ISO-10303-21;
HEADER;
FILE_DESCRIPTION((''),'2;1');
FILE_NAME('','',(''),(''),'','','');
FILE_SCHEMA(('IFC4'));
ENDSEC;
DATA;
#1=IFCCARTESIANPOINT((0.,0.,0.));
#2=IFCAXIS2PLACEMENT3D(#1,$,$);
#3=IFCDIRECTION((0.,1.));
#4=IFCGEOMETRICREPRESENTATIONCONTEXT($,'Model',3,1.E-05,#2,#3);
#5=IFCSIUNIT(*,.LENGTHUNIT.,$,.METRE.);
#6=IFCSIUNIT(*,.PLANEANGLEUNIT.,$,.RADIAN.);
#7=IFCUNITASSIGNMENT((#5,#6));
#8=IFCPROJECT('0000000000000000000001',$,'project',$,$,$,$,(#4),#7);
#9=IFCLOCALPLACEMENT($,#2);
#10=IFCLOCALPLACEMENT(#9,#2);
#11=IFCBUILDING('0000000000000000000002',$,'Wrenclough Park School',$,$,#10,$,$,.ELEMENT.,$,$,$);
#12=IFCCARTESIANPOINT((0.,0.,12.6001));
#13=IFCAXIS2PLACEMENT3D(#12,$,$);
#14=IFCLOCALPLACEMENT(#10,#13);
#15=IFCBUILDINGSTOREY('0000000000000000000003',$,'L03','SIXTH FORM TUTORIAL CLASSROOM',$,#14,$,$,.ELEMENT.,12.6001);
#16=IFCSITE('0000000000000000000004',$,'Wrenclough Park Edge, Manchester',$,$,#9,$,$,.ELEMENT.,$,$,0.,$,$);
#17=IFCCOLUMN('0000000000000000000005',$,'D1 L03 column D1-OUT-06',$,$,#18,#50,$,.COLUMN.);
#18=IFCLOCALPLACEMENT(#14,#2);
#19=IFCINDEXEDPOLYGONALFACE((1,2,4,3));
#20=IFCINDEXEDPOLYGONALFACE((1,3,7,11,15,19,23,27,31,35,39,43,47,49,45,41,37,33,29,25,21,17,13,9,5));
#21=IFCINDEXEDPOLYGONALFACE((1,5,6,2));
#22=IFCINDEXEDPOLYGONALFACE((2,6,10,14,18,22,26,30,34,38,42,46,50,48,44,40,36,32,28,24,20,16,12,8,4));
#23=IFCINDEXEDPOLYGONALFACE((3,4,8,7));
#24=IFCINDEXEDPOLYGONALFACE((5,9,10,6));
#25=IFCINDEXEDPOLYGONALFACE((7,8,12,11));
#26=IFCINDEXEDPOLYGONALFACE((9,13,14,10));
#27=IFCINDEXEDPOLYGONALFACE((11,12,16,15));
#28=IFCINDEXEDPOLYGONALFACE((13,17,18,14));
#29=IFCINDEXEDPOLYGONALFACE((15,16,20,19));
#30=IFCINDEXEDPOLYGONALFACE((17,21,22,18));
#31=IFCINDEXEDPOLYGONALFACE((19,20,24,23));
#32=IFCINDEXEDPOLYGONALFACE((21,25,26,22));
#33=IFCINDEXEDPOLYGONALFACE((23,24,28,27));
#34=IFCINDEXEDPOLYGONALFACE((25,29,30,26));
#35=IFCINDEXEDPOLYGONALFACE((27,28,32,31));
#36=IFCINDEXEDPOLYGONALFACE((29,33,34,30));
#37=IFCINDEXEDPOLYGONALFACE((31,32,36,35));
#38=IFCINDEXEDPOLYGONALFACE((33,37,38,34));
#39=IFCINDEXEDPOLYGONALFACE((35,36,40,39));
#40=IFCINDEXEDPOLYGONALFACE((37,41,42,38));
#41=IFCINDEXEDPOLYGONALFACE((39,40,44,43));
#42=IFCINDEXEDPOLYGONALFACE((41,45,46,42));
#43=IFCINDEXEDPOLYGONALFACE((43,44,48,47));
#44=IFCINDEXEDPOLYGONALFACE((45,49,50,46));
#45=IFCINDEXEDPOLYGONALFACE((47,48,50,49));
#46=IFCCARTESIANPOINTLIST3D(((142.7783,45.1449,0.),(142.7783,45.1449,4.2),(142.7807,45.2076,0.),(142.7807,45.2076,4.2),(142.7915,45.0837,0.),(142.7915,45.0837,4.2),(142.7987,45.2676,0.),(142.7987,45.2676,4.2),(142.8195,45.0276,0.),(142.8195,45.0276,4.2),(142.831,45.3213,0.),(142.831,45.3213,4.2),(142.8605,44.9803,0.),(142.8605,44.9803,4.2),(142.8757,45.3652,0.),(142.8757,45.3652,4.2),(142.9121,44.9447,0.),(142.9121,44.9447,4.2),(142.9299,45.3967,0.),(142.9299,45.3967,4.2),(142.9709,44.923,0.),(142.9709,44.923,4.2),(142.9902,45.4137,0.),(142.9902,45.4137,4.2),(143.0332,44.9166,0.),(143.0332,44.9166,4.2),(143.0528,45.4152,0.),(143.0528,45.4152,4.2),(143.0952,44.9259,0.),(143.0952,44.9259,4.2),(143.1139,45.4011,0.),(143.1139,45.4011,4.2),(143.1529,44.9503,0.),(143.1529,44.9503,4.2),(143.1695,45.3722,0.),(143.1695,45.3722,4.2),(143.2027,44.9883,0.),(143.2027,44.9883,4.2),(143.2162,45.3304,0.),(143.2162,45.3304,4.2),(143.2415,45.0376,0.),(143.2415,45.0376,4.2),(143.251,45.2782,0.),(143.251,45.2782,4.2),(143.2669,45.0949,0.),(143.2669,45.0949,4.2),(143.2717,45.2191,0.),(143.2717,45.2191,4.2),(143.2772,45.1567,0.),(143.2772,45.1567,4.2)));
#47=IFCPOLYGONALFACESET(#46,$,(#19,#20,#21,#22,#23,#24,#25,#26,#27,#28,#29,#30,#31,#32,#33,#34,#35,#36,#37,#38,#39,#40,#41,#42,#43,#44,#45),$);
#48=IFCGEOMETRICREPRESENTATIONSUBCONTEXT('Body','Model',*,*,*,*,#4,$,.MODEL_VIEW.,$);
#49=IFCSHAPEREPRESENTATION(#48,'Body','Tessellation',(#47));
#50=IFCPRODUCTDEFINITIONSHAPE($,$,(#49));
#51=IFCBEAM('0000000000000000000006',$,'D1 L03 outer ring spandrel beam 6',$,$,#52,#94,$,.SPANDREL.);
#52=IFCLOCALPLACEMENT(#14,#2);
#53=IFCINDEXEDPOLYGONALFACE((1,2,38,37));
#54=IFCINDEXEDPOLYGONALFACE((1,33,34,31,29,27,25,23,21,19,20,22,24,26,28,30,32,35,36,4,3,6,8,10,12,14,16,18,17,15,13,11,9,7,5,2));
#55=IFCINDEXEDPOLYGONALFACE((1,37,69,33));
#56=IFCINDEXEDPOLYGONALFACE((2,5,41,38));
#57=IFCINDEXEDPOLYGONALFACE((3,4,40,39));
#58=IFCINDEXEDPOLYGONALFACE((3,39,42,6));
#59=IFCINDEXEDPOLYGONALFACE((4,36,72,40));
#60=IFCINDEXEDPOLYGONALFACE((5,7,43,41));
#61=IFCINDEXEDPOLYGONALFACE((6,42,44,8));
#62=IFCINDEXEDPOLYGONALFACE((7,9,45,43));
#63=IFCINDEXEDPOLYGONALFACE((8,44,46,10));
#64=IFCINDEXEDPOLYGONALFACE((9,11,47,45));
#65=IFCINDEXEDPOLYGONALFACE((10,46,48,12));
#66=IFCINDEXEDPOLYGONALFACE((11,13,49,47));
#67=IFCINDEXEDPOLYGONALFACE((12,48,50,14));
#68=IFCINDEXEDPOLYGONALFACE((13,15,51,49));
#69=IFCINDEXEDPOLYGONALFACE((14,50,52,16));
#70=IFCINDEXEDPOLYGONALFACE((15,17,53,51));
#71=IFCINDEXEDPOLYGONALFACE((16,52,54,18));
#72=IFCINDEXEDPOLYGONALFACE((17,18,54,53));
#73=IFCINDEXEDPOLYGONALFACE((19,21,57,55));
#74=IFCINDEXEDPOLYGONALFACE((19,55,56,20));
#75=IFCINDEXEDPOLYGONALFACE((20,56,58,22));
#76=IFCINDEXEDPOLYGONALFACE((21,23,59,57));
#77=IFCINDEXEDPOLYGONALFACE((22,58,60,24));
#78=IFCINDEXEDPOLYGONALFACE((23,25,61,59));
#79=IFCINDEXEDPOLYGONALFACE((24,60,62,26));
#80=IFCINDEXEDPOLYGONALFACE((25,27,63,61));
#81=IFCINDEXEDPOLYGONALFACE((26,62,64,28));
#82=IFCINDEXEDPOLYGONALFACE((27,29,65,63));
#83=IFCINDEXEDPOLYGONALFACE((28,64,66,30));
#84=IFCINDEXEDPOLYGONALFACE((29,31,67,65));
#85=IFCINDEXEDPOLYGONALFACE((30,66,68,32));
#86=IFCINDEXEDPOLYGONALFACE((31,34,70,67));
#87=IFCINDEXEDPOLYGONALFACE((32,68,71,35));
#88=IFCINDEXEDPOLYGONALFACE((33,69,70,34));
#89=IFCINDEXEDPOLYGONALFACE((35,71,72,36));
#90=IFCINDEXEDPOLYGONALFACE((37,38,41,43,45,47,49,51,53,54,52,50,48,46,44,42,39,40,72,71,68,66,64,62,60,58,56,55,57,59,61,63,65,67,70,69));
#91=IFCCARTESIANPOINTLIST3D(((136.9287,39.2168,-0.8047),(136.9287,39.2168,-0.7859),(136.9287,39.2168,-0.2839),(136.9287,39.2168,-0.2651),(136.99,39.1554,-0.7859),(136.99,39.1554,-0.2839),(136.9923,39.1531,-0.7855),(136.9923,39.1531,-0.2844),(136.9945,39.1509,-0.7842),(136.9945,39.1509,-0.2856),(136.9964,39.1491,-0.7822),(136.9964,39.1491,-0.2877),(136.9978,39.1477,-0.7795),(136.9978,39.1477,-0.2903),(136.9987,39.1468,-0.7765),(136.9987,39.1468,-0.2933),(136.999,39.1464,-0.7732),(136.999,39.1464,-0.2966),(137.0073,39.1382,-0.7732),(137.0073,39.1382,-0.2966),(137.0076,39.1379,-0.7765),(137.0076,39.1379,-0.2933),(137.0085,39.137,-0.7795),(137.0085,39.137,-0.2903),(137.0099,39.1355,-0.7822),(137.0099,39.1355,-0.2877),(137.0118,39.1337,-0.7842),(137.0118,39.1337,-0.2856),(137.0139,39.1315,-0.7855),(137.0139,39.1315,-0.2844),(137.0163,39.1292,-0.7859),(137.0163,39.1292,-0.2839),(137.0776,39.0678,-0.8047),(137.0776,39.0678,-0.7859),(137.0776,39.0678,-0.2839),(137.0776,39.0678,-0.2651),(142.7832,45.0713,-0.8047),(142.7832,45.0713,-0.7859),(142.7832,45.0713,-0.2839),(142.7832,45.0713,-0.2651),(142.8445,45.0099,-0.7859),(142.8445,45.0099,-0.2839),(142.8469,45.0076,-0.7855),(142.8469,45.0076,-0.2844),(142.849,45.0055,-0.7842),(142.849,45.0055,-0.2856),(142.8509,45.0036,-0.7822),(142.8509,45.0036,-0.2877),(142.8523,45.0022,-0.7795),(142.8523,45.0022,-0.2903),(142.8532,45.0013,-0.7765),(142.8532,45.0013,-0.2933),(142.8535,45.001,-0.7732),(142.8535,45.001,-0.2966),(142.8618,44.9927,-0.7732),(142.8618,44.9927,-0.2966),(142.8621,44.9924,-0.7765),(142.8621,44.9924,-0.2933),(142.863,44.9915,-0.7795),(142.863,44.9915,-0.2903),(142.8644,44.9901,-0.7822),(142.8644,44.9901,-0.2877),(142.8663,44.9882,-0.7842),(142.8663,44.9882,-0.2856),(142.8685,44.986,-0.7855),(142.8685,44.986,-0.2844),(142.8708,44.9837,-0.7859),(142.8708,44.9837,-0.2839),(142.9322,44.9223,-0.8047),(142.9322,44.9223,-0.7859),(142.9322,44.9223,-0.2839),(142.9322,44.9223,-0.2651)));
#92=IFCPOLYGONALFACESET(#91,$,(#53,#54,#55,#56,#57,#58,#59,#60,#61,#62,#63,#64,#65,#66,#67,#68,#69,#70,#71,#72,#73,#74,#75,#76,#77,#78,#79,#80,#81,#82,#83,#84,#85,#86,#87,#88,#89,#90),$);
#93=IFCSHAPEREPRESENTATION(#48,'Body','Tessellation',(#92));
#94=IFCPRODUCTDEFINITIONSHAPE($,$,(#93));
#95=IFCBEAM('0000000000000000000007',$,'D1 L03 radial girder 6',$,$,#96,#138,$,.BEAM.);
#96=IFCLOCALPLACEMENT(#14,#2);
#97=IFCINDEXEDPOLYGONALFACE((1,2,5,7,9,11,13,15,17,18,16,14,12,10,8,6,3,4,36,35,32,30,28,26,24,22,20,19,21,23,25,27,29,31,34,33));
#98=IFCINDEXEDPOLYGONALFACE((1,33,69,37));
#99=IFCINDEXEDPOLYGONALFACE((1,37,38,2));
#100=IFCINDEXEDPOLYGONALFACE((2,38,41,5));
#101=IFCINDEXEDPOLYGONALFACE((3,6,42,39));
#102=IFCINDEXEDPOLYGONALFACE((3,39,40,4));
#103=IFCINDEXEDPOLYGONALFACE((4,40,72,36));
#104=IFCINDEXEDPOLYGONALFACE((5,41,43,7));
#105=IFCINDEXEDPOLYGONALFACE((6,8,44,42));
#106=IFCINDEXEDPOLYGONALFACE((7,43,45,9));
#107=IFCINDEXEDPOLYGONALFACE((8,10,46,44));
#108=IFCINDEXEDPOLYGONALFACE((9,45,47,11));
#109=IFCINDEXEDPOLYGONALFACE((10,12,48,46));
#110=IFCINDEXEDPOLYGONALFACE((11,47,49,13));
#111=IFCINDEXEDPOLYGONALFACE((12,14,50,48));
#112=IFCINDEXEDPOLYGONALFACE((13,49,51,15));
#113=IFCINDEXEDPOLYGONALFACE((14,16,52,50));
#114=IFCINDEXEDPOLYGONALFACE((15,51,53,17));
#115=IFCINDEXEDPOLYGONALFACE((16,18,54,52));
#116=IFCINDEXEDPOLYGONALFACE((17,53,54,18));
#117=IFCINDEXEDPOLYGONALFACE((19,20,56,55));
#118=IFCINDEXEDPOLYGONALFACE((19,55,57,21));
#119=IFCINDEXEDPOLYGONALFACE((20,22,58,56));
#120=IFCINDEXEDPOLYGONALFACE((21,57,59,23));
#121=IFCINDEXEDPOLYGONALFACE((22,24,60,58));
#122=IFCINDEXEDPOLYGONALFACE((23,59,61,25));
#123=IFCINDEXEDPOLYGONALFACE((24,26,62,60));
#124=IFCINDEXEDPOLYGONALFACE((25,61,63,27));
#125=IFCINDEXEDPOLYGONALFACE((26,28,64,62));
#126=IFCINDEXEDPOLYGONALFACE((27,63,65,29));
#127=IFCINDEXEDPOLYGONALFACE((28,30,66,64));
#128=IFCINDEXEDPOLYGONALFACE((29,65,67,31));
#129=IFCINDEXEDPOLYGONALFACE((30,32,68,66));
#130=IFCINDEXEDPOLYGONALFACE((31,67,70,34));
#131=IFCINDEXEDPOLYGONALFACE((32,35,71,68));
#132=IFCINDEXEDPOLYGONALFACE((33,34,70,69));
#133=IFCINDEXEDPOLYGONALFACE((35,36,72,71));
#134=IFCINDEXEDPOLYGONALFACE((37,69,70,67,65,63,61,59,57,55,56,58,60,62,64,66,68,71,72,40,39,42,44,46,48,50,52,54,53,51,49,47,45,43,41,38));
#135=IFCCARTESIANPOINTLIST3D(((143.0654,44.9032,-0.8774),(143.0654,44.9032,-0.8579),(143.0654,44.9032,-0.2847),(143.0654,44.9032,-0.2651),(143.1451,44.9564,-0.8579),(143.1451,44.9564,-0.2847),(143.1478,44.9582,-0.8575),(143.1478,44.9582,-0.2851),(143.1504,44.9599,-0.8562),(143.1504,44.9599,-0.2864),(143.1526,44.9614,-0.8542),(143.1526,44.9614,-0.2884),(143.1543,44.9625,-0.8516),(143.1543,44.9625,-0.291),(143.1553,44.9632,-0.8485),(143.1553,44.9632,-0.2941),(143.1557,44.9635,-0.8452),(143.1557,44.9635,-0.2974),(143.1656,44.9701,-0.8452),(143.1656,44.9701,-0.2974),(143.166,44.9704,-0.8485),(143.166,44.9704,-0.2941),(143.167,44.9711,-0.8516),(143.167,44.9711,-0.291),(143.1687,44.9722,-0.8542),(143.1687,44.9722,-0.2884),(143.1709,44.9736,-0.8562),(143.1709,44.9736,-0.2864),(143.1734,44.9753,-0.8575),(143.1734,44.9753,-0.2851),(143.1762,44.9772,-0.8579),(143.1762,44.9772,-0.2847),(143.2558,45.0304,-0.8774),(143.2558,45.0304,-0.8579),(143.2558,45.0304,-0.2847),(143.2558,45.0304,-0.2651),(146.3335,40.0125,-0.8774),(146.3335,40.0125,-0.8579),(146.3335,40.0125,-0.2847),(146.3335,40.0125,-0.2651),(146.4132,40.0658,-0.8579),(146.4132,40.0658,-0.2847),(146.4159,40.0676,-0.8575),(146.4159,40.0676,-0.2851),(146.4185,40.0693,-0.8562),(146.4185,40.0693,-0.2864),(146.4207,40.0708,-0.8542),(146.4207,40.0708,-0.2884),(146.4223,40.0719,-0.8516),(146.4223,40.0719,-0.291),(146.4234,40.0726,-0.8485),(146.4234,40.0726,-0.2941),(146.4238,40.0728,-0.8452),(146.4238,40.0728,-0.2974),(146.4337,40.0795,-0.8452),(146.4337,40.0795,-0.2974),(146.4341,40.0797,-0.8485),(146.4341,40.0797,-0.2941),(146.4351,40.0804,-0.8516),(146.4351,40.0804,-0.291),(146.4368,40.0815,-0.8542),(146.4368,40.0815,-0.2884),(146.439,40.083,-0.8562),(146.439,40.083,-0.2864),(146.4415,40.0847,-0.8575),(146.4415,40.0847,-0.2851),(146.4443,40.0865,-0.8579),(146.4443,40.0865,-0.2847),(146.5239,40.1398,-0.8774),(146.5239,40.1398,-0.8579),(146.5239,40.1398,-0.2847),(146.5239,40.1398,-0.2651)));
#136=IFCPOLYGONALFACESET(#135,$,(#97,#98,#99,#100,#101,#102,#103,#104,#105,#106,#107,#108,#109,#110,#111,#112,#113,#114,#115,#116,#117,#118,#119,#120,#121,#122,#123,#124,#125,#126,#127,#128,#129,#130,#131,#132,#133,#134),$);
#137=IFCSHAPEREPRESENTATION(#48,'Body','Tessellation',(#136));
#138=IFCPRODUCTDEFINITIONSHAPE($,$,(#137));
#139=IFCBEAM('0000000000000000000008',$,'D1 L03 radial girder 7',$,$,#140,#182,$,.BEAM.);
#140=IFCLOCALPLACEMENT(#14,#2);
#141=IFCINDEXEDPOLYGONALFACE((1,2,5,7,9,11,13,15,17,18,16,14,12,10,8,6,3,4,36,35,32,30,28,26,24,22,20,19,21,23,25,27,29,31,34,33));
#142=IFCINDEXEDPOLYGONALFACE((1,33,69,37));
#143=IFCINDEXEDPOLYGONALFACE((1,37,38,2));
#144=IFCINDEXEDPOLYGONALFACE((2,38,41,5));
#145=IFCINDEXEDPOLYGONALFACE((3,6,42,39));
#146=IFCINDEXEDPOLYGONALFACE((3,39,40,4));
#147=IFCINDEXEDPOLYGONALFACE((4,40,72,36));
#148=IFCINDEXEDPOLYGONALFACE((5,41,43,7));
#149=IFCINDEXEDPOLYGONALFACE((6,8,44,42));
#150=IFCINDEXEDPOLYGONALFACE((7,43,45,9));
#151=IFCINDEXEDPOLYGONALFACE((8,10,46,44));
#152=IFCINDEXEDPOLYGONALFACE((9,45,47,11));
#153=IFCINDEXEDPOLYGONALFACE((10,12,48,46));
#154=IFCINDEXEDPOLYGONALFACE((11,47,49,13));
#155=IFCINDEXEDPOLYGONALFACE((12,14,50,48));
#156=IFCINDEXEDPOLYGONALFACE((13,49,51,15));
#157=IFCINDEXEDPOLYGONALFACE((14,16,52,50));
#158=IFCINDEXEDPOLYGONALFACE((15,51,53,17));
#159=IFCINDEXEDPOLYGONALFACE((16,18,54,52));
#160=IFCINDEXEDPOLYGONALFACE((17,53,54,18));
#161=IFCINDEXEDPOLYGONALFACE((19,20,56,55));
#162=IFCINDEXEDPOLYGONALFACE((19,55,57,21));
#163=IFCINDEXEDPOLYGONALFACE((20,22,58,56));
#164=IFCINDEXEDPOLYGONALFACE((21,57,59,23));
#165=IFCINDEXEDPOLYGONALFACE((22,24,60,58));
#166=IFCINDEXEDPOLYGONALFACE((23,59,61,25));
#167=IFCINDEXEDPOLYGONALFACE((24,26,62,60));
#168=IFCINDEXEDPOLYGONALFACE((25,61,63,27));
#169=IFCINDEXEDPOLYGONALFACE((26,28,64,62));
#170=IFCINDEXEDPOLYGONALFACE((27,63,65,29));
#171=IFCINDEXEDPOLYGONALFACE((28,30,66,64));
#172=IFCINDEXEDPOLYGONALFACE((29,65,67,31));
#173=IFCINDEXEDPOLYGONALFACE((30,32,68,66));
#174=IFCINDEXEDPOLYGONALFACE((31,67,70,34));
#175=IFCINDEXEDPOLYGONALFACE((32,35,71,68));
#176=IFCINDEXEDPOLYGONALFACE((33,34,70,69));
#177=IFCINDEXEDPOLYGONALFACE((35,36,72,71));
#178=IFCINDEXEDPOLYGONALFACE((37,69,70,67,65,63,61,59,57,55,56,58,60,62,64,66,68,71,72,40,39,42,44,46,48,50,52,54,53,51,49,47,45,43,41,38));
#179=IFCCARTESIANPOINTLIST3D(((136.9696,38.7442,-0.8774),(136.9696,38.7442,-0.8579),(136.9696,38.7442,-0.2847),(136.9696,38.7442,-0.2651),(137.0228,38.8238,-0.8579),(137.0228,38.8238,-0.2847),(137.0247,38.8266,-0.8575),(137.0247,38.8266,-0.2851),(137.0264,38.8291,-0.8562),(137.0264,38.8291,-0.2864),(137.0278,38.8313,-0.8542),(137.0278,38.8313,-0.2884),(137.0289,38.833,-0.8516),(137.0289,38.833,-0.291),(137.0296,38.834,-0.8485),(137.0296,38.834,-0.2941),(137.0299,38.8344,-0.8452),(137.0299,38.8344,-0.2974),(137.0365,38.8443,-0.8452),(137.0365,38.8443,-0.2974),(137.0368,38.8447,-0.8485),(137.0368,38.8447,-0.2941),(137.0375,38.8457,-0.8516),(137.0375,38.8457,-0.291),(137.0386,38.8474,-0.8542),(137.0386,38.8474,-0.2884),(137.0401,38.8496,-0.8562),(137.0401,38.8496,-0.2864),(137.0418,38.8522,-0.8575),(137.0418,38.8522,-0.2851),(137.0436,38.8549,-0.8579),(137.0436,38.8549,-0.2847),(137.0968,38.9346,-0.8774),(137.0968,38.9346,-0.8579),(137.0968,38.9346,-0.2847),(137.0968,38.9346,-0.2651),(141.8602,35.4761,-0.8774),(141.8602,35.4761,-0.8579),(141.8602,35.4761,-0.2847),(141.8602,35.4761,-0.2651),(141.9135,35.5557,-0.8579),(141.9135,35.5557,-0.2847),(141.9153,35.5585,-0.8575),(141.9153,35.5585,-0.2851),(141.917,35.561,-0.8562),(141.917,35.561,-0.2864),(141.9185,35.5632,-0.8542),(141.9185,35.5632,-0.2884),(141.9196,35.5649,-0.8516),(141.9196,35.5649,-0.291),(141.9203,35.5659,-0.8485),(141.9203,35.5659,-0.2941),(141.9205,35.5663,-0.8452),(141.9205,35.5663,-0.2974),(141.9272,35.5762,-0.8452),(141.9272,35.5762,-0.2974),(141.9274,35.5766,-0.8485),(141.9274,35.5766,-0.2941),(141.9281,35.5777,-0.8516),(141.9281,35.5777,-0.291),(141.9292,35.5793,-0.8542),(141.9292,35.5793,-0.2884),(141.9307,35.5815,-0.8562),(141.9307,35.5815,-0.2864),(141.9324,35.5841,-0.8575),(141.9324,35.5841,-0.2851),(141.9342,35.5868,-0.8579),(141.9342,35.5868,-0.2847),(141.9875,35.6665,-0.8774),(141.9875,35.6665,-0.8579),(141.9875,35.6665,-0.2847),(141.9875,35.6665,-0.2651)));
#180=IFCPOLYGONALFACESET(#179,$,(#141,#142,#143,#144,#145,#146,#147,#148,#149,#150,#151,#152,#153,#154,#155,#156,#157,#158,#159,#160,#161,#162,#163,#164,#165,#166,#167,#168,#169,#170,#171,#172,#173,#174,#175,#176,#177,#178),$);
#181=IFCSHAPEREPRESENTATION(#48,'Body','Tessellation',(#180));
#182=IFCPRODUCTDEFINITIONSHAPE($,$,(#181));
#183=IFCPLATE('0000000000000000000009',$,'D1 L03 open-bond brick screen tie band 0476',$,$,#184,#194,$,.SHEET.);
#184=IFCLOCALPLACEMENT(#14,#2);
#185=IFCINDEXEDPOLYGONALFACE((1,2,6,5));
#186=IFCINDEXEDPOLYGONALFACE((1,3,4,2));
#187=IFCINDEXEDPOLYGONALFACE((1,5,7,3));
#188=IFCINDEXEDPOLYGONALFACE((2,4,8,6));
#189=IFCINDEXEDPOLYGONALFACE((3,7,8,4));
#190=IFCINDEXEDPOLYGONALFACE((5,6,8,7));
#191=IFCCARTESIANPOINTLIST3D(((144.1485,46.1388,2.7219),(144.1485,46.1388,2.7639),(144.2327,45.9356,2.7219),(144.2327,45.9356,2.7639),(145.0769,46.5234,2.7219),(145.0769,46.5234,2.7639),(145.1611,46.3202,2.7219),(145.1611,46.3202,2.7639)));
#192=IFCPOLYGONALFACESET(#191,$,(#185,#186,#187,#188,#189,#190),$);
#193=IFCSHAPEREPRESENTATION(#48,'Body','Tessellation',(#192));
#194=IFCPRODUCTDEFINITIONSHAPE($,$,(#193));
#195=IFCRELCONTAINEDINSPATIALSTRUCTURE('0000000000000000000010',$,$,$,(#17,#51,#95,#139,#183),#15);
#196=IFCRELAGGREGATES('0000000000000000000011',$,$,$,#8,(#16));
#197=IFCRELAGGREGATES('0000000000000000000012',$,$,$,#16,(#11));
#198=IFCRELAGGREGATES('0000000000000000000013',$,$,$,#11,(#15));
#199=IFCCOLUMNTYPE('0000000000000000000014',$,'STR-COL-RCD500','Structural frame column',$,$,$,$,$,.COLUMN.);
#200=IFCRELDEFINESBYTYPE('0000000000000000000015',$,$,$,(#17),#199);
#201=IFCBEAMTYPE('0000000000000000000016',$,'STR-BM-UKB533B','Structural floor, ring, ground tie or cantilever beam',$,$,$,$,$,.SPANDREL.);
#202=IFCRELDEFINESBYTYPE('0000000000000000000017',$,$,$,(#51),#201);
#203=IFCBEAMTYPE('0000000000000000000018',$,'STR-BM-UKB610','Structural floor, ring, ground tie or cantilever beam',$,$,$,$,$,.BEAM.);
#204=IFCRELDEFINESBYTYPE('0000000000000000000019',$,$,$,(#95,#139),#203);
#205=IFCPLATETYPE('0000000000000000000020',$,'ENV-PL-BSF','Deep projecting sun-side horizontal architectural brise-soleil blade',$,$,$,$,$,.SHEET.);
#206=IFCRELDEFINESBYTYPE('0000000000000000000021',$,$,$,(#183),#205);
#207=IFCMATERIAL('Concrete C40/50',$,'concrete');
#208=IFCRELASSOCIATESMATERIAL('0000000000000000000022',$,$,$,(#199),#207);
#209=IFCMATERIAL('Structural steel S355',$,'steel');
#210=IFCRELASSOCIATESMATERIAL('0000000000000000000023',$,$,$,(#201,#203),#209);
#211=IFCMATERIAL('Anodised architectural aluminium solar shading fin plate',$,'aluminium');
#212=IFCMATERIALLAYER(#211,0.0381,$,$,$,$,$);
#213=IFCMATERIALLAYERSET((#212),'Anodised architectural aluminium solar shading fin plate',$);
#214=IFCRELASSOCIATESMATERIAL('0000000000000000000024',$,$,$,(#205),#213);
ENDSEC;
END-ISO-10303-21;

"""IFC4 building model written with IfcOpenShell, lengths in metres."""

from ifc_helpers import new_model, si_unit, direction, frame, origin, origin_2d, place, context, subcontext, project, spatial, rectangle, circle, i_section, extrude, material, layer, layer_set, material_profile, profile_set, type_object, element, save


model = new_model("IFC4")

# Units and contexts
model_context = context("Model", 3, precision=1e-05, world=origin(), true_north=direction((0.0, 1.0)))
body_context = subcontext(model_context, "Body", "Model", "MODEL_VIEW")
ifc_project = project(units=[si_unit("LENGTHUNIT", "METRE"), si_unit("PLANEANGLEUNIT", "RADIAN")], contexts=[model_context])

# Site, building, storey
site_placement = place(None, origin())
site = spatial("IfcSite", under=ifc_project, at=site_placement, Name="Wrenclough Park Edge, Manchester", CompositionType="ELEMENT", RefElevation=0.0)
building_placement = place(site_placement, origin())
building = spatial("IfcBuilding", under=site, at=building_placement, Name="Wrenclough Park School", CompositionType="ELEMENT")
storey_placement = place(building_placement, frame((0.0, 0.0, 12.6001)))
storey = spatial("IfcBuildingStorey", under=building, at=storey_placement, Name="L03", Description="SIXTH FORM TUTORIAL CLASSROOM", CompositionType="ELEMENT", Elevation=12.6001)

# Column
ifc_material_1 = material(Name="Concrete C40/50", Category="concrete")
ifc_material_profile_1 = material_profile(ifc_material_1, circle(Radius=0.25, at=origin_2d()), Name="RC COL D500")
ifc_profile_set_1 = profile_set([ifc_material_profile_1], Name="Concrete C40/50")
column_type = type_object("IfcColumnType", Name="STR-COL-RCD500", Description="Structural frame column", PredefinedType="COLUMN", material=ifc_profile_set_1)
for number, where, z_axis, x_axis, name in (
    (1, (143.0273, 45.1665, 0.0), (0.0, 0.0, 1.0), (-0.83147, -0.55557, 0.0), "D1 L03 column D1-OUT-06"),
):
    element("IfcColumn", number, at=place(storey_placement, frame(where, z_axis=z_axis, x_axis=x_axis)), inside=storey, type_object=column_type, Name=name, PredefinedType="COLUMN", context=body_context, shape_type="SweptSolid", body=[
        extrude(circle(Radius=0.25, at=origin_2d()), origin(), (0.0, 0.0, 1.0), 4.2),
    ])

# Beams
ifc_material_2 = material(Name="Structural steel S355", Category="steel")
ifc_material_profile_2 = material_profile(ifc_material_2, i_section(OverallWidth=0.2107, OverallDepth=0.5396, WebThickness=0.0117, FlangeThickness=0.0188, FilletRadius=0.0127, at=origin_2d()), Name="UKB 533x210x109")
ifc_profile_set_2 = profile_set([ifc_material_profile_2], Name="Structural steel S355")
beam_type_1 = type_object("IfcBeamType", Name="STR-BM-UKB533B", Description="Structural floor, ring, ground tie or cantilever beam", PredefinedType="SPANDREL", material=ifc_profile_set_2)
beam_placement = place(storey_placement, frame((142.8577, 44.9968, -0.5349), z_axis=(-0.707107, -0.707107, 0.0), x_axis=(0.707107, -0.707107, 0.0)))
element("IfcBeam", 2, at=beam_placement, inside=storey, type_object=beam_type_1, Name="D1 L03 outer ring spandrel beam 6", PredefinedType="SPANDREL", context=body_context, shape_type="SweptSolid", body=[
    extrude(i_section(OverallWidth=0.2107, OverallDepth=0.5396, WebThickness=0.0117, FlangeThickness=0.0188, FilletRadius=0.0127, at=origin_2d()), origin(), (0.0, 0.0, 1.0), 8.2795),
])
ifc_material_profile_3 = material_profile(ifc_material_2, i_section(OverallWidth=0.229, OverallDepth=0.6123, WebThickness=0.012, FlangeThickness=0.0195, FilletRadius=0.0127, at=origin_2d()), Name="UKB 610x229x125")
ifc_profile_set_3 = profile_set([ifc_material_profile_3], Name="Structural steel S355")
beam_type_2 = type_object("IfcBeamType", Name="STR-BM-UKB610", Description="Structural floor, ring, ground tie or cantilever beam", PredefinedType="BEAM", material=ifc_profile_set_3)
for number, where, z_axis, x_axis, name in (
    (3, (143.1606, 44.9668, -0.5713), (0.5556, -0.83145, 0.0), (0.83145, 0.5556, 0.0), "D1 L03 radial girder 6"),
    (4, (137.0332, 38.8394, -0.5713), (0.83145, -0.5556, 0.0), (0.5556, 0.83145, 0.0), "D1 L03 radial girder 7"),
):
    element("IfcBeam", number, at=place(storey_placement, frame(where, z_axis=z_axis, x_axis=x_axis)), inside=storey, type_object=beam_type_2, Name=name, PredefinedType="BEAM", context=body_context, shape_type="SweptSolid", body=[
        extrude(i_section(OverallWidth=0.229, OverallDepth=0.6123, WebThickness=0.012, FlangeThickness=0.0195, FilletRadius=0.0127, at=origin_2d()), origin(), (0.0, 0.0, 1.0), 5.8821),
    ])

# Plate
ifc_material_3 = material(Name="Anodised architectural aluminium solar shading fin plate", Category="aluminium")
ifc_layer_1 = layer(ifc_material_3, 0.0381)
ifc_layer_set_1 = layer_set([ifc_layer_1], Name="Anodised architectural aluminium solar shading fin plate")
plate_type = type_object("IfcPlateType", Name="ENV-PL-BSF", Description="Deep projecting sun-side horizontal architectural brise-soleil blade", PredefinedType="SHEET", material=ifc_layer_set_1)
plate_1_placement = place(storey_placement, frame((144.6548, 46.2295, 2.7219), z_axis=(0.0, 0.0, 1.0), x_axis=(-0.923876, -0.382692, 0.0)))
element("IfcPlate", 5, at=plate_1_placement, inside=storey, type_object=plate_type, Name="D1 L03 open-bond brick screen tie band 0476", PredefinedType="SHEET", context=body_context, shape_type="SweptSolid", body=[
    extrude(rectangle(XDim=1.0049, YDim=0.22, at=origin_2d()), origin(), (0.0, 0.0, 1.0), 0.042),
])

save(model, "model.ifc")
